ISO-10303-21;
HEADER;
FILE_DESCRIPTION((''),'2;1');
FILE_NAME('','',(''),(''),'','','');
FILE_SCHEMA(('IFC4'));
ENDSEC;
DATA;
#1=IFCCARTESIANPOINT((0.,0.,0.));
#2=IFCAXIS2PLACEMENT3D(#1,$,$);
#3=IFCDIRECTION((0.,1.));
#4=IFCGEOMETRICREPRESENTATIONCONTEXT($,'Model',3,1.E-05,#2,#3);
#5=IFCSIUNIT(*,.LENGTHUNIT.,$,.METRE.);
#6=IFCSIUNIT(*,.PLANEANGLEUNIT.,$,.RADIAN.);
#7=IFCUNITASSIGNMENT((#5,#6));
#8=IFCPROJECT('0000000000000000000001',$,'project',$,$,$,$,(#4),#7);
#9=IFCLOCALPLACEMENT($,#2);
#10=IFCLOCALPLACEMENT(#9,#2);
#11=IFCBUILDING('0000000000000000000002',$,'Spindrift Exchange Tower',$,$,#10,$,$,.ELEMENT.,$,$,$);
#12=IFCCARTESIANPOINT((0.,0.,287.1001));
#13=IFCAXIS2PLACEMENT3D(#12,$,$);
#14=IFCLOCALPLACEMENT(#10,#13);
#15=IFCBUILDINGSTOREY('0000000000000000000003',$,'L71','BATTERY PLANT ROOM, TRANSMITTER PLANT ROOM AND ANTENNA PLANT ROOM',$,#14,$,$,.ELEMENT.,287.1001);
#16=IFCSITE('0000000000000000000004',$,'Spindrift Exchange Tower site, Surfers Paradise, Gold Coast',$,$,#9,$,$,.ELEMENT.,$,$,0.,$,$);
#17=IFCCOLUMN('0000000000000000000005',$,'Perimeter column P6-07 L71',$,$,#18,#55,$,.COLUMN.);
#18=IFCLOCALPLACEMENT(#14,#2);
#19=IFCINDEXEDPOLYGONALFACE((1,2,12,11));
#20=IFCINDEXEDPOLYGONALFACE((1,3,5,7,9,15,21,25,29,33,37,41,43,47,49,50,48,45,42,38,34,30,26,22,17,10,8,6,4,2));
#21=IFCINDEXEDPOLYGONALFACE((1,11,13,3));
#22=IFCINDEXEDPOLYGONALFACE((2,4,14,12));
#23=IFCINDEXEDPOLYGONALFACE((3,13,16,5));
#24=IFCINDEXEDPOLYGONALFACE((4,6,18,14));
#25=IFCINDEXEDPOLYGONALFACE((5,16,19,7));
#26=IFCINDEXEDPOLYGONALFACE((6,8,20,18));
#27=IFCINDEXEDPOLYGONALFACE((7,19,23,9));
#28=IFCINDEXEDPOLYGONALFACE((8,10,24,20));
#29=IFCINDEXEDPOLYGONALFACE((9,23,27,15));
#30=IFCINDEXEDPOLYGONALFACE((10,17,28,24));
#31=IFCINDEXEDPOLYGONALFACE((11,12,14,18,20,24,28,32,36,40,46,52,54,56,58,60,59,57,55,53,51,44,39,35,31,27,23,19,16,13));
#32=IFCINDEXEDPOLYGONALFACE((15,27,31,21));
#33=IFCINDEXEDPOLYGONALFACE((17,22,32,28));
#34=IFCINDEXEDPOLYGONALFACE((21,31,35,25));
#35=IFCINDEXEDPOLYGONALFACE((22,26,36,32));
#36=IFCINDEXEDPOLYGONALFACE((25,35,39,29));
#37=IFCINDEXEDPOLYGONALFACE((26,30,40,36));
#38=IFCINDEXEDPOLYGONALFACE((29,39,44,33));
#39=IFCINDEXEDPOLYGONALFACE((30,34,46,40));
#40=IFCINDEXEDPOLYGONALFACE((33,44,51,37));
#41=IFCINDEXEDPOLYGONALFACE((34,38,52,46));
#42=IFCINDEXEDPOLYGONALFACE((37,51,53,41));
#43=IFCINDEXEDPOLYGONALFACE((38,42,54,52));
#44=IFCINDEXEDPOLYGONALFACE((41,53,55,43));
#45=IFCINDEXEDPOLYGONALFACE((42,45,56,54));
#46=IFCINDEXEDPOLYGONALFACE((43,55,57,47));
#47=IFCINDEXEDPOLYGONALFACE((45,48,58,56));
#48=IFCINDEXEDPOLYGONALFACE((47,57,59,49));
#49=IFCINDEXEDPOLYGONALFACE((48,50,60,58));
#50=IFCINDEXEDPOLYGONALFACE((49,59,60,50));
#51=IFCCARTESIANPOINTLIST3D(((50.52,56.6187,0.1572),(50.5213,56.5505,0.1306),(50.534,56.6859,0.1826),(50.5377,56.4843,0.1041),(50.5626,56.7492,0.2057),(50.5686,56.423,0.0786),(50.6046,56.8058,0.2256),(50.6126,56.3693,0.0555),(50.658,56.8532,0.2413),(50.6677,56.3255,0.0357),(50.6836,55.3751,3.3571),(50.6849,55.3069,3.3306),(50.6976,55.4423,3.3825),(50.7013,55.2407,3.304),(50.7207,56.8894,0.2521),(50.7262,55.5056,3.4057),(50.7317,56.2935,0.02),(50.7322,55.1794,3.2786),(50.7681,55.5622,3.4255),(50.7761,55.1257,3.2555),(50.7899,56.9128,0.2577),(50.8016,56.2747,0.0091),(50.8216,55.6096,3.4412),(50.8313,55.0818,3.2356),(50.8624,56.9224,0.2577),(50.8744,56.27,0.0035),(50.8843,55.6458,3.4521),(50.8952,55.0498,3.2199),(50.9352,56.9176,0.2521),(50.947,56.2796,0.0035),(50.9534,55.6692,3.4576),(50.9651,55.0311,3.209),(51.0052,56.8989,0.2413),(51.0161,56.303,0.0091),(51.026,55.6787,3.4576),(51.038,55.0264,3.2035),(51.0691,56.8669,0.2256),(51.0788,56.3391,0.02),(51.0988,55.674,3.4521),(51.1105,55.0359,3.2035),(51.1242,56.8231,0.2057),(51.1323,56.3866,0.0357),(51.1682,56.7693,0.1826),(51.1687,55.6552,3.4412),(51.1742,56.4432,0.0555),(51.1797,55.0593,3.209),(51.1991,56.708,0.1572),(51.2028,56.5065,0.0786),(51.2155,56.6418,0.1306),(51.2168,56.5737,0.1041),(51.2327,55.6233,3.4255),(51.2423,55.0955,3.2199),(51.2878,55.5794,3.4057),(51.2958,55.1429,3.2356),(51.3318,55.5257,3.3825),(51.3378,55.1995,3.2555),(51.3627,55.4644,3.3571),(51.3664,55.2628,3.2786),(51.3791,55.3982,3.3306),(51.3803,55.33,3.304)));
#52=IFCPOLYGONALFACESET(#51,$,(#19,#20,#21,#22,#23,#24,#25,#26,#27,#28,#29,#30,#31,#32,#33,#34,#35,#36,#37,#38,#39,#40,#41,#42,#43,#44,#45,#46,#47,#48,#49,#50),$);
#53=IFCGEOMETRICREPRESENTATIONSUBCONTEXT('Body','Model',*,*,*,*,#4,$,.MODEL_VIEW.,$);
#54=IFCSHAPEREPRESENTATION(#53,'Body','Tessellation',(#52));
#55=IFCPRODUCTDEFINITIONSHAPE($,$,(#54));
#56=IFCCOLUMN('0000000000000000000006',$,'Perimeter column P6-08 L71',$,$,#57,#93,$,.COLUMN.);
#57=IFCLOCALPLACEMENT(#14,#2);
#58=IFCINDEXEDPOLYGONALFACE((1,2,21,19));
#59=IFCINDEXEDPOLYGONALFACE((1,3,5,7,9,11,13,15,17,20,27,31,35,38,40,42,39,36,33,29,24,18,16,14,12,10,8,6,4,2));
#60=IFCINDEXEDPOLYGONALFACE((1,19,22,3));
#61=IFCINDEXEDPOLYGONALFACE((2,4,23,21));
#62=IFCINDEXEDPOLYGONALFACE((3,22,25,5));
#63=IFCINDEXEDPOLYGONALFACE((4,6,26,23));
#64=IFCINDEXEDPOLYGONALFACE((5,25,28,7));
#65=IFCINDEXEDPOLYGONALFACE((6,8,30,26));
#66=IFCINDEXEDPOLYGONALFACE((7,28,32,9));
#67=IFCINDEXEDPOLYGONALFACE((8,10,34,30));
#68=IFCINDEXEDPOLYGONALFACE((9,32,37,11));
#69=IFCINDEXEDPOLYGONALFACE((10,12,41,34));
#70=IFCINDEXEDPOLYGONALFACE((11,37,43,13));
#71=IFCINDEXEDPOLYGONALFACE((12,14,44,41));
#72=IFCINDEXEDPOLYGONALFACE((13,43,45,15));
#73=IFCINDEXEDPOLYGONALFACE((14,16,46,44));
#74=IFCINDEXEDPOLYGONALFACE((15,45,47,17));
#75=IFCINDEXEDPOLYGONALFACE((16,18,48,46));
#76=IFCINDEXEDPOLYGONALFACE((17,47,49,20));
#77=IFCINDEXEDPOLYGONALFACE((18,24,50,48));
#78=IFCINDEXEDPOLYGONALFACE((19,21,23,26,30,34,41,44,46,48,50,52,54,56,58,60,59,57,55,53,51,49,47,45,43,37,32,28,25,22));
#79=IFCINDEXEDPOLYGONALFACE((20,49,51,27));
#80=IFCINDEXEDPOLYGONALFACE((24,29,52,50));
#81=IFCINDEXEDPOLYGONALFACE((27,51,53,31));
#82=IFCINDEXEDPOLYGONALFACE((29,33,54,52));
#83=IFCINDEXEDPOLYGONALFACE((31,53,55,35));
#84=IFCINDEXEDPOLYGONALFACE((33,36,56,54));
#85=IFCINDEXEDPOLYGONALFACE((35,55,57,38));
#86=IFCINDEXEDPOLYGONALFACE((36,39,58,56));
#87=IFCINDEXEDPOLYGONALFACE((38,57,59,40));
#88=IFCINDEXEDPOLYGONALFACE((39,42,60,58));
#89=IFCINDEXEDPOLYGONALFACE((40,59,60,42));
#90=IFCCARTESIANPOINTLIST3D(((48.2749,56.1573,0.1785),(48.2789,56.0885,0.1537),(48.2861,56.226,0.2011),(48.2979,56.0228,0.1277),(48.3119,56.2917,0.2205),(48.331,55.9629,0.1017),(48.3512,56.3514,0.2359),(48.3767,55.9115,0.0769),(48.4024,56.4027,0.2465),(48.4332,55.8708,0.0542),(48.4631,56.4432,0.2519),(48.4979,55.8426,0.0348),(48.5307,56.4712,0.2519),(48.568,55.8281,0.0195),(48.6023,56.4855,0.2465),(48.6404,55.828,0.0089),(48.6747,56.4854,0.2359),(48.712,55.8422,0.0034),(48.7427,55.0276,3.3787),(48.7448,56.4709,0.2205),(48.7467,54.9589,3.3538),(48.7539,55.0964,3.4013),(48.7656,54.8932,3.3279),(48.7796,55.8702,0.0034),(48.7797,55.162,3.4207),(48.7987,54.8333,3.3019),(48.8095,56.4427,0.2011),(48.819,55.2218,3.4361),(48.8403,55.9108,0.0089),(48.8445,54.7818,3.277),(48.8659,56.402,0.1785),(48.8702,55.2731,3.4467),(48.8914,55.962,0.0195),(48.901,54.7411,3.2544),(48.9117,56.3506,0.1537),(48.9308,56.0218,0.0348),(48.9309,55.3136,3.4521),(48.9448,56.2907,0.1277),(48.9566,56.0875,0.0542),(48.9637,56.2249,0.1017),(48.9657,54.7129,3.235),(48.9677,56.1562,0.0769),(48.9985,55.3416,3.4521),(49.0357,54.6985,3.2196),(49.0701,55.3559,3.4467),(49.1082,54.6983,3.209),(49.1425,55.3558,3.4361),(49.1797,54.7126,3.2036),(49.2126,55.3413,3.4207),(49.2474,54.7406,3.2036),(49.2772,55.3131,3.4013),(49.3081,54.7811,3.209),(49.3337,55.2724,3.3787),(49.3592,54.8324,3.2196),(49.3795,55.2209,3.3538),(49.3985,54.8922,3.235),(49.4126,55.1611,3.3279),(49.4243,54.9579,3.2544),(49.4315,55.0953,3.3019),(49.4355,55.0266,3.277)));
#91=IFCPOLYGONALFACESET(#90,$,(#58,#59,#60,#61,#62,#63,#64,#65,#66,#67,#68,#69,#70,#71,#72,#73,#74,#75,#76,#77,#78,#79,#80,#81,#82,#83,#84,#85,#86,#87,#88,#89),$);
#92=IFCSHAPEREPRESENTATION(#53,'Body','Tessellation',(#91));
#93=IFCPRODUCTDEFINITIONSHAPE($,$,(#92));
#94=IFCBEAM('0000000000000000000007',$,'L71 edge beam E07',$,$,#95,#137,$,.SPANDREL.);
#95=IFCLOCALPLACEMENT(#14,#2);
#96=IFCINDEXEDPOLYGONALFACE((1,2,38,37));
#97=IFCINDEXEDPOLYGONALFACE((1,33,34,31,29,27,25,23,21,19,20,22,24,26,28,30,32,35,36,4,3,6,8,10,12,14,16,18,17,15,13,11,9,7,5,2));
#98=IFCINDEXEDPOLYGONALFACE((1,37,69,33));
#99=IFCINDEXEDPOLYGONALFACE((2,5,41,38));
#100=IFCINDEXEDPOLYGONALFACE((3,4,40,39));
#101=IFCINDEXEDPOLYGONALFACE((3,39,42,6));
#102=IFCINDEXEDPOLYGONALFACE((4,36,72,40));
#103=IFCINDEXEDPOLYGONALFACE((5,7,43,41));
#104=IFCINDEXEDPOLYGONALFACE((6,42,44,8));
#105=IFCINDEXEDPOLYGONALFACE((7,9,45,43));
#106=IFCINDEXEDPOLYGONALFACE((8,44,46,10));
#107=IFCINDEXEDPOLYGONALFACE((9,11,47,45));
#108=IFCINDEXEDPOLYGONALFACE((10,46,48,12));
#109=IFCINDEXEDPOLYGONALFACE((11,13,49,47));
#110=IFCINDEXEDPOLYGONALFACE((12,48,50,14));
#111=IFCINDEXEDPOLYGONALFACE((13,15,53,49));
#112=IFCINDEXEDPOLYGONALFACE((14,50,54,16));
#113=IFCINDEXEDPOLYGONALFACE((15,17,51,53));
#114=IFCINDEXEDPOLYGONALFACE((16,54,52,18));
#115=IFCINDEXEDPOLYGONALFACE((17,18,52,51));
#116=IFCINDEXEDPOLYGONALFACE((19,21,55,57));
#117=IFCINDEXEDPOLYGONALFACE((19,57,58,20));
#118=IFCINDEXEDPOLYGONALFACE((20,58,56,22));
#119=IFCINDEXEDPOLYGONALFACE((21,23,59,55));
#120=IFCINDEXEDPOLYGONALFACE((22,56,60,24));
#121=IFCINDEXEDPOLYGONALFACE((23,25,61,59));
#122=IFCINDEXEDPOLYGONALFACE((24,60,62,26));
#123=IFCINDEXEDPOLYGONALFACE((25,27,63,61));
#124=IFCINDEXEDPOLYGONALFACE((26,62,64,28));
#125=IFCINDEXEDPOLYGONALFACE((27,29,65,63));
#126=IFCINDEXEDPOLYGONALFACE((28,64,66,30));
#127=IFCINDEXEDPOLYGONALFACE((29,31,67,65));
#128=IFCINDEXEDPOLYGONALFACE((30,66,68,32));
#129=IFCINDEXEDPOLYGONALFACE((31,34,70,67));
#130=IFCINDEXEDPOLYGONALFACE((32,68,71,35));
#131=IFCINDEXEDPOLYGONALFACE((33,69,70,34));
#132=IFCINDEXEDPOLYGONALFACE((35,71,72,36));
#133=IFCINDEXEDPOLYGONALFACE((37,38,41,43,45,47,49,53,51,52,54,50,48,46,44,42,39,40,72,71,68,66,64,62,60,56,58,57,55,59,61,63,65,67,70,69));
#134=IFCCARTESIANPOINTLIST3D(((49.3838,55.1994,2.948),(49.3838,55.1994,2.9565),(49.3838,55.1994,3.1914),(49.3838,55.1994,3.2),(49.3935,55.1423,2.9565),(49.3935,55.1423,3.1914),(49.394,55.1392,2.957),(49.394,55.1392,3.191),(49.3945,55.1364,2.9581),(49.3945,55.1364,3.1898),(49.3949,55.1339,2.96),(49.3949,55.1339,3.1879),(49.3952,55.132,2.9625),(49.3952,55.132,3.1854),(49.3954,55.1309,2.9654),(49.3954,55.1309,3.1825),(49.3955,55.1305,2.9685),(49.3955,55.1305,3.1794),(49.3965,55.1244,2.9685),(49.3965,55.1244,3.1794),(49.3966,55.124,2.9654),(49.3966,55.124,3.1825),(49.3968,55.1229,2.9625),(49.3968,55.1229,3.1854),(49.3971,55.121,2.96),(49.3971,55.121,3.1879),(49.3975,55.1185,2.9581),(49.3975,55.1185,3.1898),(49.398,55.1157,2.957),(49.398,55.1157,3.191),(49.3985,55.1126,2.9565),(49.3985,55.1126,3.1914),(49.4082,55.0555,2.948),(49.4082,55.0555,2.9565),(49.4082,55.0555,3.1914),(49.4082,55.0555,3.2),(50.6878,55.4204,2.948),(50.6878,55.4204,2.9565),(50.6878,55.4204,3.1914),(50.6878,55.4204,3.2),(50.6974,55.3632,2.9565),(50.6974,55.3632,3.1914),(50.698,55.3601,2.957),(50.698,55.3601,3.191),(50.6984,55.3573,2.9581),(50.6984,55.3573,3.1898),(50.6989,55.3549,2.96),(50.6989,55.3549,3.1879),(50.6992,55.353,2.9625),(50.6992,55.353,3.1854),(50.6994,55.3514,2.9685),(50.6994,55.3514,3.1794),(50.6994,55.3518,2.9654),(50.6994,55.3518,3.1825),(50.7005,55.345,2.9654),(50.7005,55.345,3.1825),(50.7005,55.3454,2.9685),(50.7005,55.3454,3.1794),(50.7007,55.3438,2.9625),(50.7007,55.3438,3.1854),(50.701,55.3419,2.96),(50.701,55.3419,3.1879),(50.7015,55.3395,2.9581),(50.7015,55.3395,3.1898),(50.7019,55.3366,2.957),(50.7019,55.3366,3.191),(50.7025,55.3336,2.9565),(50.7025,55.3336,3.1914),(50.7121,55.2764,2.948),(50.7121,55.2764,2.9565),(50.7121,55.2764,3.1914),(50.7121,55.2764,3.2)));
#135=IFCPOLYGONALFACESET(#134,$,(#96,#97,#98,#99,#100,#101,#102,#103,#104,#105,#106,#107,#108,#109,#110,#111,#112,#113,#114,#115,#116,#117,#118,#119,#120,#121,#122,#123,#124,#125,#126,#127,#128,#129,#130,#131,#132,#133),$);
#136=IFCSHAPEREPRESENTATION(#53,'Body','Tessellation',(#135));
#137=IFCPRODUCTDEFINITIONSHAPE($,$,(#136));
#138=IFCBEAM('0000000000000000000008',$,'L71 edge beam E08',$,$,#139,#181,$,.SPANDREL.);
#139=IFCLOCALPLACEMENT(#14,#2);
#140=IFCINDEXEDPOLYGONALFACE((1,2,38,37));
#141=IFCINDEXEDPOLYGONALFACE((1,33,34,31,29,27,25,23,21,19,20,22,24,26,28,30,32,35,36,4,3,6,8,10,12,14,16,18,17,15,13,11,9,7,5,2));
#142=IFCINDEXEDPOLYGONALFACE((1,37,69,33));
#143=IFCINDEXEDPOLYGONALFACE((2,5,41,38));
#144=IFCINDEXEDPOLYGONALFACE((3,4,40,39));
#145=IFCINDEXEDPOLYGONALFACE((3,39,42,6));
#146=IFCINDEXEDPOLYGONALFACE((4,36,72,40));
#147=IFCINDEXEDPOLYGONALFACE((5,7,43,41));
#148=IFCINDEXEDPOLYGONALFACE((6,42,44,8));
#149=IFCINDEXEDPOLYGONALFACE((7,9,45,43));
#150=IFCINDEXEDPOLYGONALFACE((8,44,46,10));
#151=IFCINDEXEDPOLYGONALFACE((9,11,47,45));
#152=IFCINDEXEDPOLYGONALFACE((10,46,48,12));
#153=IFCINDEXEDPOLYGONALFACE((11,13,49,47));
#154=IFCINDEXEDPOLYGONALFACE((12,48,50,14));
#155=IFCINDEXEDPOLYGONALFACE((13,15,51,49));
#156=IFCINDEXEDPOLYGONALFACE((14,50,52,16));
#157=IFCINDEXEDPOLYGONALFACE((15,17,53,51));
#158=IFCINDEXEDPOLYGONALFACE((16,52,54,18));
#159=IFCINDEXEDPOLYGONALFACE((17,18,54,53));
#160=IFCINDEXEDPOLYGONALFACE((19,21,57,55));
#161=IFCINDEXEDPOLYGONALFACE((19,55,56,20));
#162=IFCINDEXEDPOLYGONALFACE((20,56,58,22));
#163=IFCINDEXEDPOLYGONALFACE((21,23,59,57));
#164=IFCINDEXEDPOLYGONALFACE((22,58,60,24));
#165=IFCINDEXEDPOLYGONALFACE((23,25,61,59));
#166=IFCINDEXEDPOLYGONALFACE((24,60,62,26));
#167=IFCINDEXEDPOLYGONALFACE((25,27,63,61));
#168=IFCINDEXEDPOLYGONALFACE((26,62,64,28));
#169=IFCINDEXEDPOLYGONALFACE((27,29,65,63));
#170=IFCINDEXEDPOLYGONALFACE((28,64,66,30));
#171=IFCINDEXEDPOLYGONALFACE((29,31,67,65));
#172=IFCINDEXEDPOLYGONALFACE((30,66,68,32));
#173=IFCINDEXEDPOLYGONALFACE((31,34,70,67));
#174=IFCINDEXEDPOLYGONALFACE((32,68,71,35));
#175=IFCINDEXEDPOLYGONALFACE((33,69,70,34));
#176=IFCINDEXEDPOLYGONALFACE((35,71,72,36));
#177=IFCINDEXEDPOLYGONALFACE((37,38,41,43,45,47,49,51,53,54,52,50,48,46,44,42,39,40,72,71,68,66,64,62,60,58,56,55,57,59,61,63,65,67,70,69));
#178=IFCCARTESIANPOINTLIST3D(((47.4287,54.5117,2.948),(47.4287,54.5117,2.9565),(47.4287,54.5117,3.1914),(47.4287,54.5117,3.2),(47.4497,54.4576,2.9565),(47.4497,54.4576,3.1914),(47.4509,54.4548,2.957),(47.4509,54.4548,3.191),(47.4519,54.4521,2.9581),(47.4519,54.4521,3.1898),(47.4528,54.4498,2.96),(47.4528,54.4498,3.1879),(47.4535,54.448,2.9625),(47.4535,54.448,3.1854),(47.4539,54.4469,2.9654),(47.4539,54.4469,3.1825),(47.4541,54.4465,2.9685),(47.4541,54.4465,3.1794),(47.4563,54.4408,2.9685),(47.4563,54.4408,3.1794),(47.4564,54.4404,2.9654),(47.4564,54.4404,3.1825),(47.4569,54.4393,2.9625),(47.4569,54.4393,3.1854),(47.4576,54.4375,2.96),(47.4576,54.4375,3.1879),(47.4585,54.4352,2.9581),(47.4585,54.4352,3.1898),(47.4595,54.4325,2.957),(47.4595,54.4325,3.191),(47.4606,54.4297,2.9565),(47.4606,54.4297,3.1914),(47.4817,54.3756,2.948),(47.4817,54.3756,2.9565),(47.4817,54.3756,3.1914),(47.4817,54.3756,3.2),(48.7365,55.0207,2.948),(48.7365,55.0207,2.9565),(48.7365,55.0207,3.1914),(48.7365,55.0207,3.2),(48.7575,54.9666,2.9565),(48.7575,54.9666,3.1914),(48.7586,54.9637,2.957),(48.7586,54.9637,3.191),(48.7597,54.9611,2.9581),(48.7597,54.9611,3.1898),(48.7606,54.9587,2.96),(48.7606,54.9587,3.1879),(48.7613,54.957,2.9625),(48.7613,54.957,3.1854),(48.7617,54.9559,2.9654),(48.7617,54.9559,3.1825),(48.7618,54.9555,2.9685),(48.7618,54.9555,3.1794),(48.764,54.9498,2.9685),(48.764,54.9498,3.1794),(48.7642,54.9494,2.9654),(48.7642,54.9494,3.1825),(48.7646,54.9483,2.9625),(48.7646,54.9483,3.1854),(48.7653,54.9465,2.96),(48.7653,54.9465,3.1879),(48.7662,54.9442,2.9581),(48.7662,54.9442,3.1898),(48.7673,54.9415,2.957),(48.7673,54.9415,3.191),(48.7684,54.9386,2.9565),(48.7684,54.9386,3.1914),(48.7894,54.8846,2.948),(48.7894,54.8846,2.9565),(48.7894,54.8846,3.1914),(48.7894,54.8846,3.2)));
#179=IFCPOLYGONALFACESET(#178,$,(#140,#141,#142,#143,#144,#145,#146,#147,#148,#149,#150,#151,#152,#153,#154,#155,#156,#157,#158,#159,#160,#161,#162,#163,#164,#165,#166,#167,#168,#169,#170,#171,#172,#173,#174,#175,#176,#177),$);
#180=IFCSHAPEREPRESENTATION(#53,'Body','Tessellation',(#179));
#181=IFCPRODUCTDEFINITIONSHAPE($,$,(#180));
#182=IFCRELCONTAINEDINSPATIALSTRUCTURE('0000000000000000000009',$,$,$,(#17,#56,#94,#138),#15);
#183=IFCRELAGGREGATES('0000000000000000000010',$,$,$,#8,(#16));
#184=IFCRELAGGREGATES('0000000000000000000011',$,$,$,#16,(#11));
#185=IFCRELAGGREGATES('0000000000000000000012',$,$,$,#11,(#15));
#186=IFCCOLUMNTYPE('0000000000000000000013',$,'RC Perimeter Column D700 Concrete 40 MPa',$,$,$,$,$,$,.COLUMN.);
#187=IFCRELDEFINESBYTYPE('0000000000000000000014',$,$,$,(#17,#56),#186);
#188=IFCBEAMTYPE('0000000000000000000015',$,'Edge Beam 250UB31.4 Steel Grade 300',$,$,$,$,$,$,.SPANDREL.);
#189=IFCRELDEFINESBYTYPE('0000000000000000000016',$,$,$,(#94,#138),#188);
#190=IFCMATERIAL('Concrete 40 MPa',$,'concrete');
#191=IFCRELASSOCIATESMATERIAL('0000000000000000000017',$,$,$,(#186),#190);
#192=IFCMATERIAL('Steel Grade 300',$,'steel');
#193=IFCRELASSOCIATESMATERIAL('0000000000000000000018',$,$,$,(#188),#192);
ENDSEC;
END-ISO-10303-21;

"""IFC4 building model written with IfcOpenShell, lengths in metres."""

from ifc_helpers import new_model, si_unit, direction, frame, origin, origin_2d, place, context, subcontext, project, spatial, circle, i_section, extrude, source, transform, mapped, material, material_profile, profile_set, type_object, element, save


model = new_model("IFC4")

# Units and contexts
model_context = context("Model", 3, precision=1e-05, world=origin(), true_north=direction((0.0, 1.0)))
body_context = subcontext(model_context, "Body", "Model", "MODEL_VIEW")
ifc_project = project(units=[si_unit("LENGTHUNIT", "METRE"), si_unit("PLANEANGLEUNIT", "RADIAN")], contexts=[model_context])

# Site, building, storey
site_placement = place(None, origin())
site = spatial("IfcSite", under=ifc_project, at=site_placement, Name="Spindrift Exchange Tower site, Surfers Paradise, Gold Coast", CompositionType="ELEMENT", RefElevation=0.0)
building_placement = place(site_placement, origin())
building = spatial("IfcBuilding", under=site, at=building_placement, Name="Spindrift Exchange Tower", CompositionType="ELEMENT")
storey_placement = place(building_placement, frame((0.0, 0.0, 287.1001)))
storey = spatial("IfcBuildingStorey", under=building, at=storey_placement, Name="L71", Description="BATTERY PLANT ROOM, TRANSMITTER PLANT ROOM AND ANTENNA PLANT ROOM", CompositionType="ELEMENT", Elevation=287.1001)

# Columns
ifc_material_1 = material(Name="Concrete 40 MPa", Category="concrete")
ifc_material_profile_1 = material_profile(ifc_material_1, circle(Radius=0.3501, at=origin_2d()), Name="RC D700")
ifc_profile_set_1 = profile_set([ifc_material_profile_1], Name="Concrete 40 MPa")
column_type = type_object("IfcColumnType", Name="RC Perimeter Column D700 Concrete 40 MPa", PredefinedType="COLUMN", material=ifc_profile_set_1)
shared_shape_1 = source(origin(), body_context, "Body", "SweptSolid", [
    extrude(circle(Radius=0.3501, at=origin_2d()), origin(), (0.0, 0.0, 1.0), 3.437),
])
column_1_placement = place(storey_placement, frame((50.8684, 56.5962, 0.1306), z_axis=(0.047592, -0.36184, 0.931025), x_axis=(0.991461, 0.130404, 0.0)))
element("IfcColumn", 1, at=column_1_placement, inside=storey, type_object=column_type, Name="Perimeter column P6-07 L71", PredefinedType="COLUMN", context=body_context, shape_type="MappedRepresentation", body=[
    mapped(shared_shape_1, transform((0.0, 0.0, 0.0), scale=1.0)),
])
shared_shape_2 = source(origin(), body_context, "Body", "SweptSolid", [
    extrude(circle(Radius=0.3501, at=origin_2d()), origin(), (0.0, 0.0, 1.0), 3.4258),
])
column_2_placement = place(storey_placement, frame((48.6213, 56.1567, 0.1277), z_axis=(0.136544, -0.329744, 0.934144), x_axis=(0.923919, 0.382587, 0.0)))
element("IfcColumn", 2, at=column_2_placement, inside=storey, type_object=column_type, Name="Perimeter column P6-08 L71", PredefinedType="COLUMN", context=body_context, shape_type="MappedRepresentation", body=[
    mapped(shared_shape_2, transform((0.0, 0.0, 0.0), scale=1.0)),
])

# Beams
ifc_material_2 = material(Name="Steel Grade 300", Category="steel")
ifc_material_profile_2 = material_profile(ifc_material_2, i_section(OverallWidth=0.146, OverallDepth=0.252, WebThickness=0.0061, FlangeThickness=0.0085, FilletRadius=0.012, at=origin_2d()), Name="250UB31.4")
ifc_profile_set_2 = profile_set([ifc_material_profile_2], Name="Steel Grade 300")
beam_type = type_object("IfcBeamType", Name="Edge Beam 250UB31.4 Steel Grade 300", PredefinedType="SPANDREL", material=ifc_profile_set_2)
shared_shape_3 = source(origin(), body_context, "Body", "SweptSolid", [
    extrude(i_section(OverallWidth=0.146, OverallDepth=0.252, WebThickness=0.0061, FlangeThickness=0.0085, FilletRadius=0.012, at=origin_2d()), origin(), (0.0, 0.0, 1.0), 1.3225),
])
beam_1_placement = place(storey_placement, frame((50.7, 55.3484, 3.074), z_axis=(-0.985946, -0.167063, 0.0), x_axis=(0.167063, -0.985946, 0.0)))
element("IfcBeam", 3, at=beam_1_placement, inside=storey, type_object=beam_type, Name="L71 edge beam E07", PredefinedType="SPANDREL", context=body_context, shape_type="MappedRepresentation", body=[
    mapped(shared_shape_3, transform((0.0, 0.0, 0.0), scale=1.0)),
])
shared_shape_4 = source(origin(), body_context, "Body", "SweptSolid", [
    extrude(i_section(OverallWidth=0.146, OverallDepth=0.252, WebThickness=0.0061, FlangeThickness=0.0085, FilletRadius=0.012, at=origin_2d()), origin(), (0.0, 0.0, 1.0), 1.4033),
])
beam_2_placement = place(storey_placement, frame((48.7629, 54.9526, 3.074), z_axis=(-0.931903, -0.362706, 0.0), x_axis=(0.362706, -0.931903, 0.0)))
element("IfcBeam", 4, at=beam_2_placement, inside=storey, type_object=beam_type, Name="L71 edge beam E08", PredefinedType="SPANDREL", context=body_context, shape_type="MappedRepresentation", body=[
    mapped(shared_shape_4, transform((0.0, 0.0, 0.0), scale=1.0)),
])

save(model, "model.ifc")
